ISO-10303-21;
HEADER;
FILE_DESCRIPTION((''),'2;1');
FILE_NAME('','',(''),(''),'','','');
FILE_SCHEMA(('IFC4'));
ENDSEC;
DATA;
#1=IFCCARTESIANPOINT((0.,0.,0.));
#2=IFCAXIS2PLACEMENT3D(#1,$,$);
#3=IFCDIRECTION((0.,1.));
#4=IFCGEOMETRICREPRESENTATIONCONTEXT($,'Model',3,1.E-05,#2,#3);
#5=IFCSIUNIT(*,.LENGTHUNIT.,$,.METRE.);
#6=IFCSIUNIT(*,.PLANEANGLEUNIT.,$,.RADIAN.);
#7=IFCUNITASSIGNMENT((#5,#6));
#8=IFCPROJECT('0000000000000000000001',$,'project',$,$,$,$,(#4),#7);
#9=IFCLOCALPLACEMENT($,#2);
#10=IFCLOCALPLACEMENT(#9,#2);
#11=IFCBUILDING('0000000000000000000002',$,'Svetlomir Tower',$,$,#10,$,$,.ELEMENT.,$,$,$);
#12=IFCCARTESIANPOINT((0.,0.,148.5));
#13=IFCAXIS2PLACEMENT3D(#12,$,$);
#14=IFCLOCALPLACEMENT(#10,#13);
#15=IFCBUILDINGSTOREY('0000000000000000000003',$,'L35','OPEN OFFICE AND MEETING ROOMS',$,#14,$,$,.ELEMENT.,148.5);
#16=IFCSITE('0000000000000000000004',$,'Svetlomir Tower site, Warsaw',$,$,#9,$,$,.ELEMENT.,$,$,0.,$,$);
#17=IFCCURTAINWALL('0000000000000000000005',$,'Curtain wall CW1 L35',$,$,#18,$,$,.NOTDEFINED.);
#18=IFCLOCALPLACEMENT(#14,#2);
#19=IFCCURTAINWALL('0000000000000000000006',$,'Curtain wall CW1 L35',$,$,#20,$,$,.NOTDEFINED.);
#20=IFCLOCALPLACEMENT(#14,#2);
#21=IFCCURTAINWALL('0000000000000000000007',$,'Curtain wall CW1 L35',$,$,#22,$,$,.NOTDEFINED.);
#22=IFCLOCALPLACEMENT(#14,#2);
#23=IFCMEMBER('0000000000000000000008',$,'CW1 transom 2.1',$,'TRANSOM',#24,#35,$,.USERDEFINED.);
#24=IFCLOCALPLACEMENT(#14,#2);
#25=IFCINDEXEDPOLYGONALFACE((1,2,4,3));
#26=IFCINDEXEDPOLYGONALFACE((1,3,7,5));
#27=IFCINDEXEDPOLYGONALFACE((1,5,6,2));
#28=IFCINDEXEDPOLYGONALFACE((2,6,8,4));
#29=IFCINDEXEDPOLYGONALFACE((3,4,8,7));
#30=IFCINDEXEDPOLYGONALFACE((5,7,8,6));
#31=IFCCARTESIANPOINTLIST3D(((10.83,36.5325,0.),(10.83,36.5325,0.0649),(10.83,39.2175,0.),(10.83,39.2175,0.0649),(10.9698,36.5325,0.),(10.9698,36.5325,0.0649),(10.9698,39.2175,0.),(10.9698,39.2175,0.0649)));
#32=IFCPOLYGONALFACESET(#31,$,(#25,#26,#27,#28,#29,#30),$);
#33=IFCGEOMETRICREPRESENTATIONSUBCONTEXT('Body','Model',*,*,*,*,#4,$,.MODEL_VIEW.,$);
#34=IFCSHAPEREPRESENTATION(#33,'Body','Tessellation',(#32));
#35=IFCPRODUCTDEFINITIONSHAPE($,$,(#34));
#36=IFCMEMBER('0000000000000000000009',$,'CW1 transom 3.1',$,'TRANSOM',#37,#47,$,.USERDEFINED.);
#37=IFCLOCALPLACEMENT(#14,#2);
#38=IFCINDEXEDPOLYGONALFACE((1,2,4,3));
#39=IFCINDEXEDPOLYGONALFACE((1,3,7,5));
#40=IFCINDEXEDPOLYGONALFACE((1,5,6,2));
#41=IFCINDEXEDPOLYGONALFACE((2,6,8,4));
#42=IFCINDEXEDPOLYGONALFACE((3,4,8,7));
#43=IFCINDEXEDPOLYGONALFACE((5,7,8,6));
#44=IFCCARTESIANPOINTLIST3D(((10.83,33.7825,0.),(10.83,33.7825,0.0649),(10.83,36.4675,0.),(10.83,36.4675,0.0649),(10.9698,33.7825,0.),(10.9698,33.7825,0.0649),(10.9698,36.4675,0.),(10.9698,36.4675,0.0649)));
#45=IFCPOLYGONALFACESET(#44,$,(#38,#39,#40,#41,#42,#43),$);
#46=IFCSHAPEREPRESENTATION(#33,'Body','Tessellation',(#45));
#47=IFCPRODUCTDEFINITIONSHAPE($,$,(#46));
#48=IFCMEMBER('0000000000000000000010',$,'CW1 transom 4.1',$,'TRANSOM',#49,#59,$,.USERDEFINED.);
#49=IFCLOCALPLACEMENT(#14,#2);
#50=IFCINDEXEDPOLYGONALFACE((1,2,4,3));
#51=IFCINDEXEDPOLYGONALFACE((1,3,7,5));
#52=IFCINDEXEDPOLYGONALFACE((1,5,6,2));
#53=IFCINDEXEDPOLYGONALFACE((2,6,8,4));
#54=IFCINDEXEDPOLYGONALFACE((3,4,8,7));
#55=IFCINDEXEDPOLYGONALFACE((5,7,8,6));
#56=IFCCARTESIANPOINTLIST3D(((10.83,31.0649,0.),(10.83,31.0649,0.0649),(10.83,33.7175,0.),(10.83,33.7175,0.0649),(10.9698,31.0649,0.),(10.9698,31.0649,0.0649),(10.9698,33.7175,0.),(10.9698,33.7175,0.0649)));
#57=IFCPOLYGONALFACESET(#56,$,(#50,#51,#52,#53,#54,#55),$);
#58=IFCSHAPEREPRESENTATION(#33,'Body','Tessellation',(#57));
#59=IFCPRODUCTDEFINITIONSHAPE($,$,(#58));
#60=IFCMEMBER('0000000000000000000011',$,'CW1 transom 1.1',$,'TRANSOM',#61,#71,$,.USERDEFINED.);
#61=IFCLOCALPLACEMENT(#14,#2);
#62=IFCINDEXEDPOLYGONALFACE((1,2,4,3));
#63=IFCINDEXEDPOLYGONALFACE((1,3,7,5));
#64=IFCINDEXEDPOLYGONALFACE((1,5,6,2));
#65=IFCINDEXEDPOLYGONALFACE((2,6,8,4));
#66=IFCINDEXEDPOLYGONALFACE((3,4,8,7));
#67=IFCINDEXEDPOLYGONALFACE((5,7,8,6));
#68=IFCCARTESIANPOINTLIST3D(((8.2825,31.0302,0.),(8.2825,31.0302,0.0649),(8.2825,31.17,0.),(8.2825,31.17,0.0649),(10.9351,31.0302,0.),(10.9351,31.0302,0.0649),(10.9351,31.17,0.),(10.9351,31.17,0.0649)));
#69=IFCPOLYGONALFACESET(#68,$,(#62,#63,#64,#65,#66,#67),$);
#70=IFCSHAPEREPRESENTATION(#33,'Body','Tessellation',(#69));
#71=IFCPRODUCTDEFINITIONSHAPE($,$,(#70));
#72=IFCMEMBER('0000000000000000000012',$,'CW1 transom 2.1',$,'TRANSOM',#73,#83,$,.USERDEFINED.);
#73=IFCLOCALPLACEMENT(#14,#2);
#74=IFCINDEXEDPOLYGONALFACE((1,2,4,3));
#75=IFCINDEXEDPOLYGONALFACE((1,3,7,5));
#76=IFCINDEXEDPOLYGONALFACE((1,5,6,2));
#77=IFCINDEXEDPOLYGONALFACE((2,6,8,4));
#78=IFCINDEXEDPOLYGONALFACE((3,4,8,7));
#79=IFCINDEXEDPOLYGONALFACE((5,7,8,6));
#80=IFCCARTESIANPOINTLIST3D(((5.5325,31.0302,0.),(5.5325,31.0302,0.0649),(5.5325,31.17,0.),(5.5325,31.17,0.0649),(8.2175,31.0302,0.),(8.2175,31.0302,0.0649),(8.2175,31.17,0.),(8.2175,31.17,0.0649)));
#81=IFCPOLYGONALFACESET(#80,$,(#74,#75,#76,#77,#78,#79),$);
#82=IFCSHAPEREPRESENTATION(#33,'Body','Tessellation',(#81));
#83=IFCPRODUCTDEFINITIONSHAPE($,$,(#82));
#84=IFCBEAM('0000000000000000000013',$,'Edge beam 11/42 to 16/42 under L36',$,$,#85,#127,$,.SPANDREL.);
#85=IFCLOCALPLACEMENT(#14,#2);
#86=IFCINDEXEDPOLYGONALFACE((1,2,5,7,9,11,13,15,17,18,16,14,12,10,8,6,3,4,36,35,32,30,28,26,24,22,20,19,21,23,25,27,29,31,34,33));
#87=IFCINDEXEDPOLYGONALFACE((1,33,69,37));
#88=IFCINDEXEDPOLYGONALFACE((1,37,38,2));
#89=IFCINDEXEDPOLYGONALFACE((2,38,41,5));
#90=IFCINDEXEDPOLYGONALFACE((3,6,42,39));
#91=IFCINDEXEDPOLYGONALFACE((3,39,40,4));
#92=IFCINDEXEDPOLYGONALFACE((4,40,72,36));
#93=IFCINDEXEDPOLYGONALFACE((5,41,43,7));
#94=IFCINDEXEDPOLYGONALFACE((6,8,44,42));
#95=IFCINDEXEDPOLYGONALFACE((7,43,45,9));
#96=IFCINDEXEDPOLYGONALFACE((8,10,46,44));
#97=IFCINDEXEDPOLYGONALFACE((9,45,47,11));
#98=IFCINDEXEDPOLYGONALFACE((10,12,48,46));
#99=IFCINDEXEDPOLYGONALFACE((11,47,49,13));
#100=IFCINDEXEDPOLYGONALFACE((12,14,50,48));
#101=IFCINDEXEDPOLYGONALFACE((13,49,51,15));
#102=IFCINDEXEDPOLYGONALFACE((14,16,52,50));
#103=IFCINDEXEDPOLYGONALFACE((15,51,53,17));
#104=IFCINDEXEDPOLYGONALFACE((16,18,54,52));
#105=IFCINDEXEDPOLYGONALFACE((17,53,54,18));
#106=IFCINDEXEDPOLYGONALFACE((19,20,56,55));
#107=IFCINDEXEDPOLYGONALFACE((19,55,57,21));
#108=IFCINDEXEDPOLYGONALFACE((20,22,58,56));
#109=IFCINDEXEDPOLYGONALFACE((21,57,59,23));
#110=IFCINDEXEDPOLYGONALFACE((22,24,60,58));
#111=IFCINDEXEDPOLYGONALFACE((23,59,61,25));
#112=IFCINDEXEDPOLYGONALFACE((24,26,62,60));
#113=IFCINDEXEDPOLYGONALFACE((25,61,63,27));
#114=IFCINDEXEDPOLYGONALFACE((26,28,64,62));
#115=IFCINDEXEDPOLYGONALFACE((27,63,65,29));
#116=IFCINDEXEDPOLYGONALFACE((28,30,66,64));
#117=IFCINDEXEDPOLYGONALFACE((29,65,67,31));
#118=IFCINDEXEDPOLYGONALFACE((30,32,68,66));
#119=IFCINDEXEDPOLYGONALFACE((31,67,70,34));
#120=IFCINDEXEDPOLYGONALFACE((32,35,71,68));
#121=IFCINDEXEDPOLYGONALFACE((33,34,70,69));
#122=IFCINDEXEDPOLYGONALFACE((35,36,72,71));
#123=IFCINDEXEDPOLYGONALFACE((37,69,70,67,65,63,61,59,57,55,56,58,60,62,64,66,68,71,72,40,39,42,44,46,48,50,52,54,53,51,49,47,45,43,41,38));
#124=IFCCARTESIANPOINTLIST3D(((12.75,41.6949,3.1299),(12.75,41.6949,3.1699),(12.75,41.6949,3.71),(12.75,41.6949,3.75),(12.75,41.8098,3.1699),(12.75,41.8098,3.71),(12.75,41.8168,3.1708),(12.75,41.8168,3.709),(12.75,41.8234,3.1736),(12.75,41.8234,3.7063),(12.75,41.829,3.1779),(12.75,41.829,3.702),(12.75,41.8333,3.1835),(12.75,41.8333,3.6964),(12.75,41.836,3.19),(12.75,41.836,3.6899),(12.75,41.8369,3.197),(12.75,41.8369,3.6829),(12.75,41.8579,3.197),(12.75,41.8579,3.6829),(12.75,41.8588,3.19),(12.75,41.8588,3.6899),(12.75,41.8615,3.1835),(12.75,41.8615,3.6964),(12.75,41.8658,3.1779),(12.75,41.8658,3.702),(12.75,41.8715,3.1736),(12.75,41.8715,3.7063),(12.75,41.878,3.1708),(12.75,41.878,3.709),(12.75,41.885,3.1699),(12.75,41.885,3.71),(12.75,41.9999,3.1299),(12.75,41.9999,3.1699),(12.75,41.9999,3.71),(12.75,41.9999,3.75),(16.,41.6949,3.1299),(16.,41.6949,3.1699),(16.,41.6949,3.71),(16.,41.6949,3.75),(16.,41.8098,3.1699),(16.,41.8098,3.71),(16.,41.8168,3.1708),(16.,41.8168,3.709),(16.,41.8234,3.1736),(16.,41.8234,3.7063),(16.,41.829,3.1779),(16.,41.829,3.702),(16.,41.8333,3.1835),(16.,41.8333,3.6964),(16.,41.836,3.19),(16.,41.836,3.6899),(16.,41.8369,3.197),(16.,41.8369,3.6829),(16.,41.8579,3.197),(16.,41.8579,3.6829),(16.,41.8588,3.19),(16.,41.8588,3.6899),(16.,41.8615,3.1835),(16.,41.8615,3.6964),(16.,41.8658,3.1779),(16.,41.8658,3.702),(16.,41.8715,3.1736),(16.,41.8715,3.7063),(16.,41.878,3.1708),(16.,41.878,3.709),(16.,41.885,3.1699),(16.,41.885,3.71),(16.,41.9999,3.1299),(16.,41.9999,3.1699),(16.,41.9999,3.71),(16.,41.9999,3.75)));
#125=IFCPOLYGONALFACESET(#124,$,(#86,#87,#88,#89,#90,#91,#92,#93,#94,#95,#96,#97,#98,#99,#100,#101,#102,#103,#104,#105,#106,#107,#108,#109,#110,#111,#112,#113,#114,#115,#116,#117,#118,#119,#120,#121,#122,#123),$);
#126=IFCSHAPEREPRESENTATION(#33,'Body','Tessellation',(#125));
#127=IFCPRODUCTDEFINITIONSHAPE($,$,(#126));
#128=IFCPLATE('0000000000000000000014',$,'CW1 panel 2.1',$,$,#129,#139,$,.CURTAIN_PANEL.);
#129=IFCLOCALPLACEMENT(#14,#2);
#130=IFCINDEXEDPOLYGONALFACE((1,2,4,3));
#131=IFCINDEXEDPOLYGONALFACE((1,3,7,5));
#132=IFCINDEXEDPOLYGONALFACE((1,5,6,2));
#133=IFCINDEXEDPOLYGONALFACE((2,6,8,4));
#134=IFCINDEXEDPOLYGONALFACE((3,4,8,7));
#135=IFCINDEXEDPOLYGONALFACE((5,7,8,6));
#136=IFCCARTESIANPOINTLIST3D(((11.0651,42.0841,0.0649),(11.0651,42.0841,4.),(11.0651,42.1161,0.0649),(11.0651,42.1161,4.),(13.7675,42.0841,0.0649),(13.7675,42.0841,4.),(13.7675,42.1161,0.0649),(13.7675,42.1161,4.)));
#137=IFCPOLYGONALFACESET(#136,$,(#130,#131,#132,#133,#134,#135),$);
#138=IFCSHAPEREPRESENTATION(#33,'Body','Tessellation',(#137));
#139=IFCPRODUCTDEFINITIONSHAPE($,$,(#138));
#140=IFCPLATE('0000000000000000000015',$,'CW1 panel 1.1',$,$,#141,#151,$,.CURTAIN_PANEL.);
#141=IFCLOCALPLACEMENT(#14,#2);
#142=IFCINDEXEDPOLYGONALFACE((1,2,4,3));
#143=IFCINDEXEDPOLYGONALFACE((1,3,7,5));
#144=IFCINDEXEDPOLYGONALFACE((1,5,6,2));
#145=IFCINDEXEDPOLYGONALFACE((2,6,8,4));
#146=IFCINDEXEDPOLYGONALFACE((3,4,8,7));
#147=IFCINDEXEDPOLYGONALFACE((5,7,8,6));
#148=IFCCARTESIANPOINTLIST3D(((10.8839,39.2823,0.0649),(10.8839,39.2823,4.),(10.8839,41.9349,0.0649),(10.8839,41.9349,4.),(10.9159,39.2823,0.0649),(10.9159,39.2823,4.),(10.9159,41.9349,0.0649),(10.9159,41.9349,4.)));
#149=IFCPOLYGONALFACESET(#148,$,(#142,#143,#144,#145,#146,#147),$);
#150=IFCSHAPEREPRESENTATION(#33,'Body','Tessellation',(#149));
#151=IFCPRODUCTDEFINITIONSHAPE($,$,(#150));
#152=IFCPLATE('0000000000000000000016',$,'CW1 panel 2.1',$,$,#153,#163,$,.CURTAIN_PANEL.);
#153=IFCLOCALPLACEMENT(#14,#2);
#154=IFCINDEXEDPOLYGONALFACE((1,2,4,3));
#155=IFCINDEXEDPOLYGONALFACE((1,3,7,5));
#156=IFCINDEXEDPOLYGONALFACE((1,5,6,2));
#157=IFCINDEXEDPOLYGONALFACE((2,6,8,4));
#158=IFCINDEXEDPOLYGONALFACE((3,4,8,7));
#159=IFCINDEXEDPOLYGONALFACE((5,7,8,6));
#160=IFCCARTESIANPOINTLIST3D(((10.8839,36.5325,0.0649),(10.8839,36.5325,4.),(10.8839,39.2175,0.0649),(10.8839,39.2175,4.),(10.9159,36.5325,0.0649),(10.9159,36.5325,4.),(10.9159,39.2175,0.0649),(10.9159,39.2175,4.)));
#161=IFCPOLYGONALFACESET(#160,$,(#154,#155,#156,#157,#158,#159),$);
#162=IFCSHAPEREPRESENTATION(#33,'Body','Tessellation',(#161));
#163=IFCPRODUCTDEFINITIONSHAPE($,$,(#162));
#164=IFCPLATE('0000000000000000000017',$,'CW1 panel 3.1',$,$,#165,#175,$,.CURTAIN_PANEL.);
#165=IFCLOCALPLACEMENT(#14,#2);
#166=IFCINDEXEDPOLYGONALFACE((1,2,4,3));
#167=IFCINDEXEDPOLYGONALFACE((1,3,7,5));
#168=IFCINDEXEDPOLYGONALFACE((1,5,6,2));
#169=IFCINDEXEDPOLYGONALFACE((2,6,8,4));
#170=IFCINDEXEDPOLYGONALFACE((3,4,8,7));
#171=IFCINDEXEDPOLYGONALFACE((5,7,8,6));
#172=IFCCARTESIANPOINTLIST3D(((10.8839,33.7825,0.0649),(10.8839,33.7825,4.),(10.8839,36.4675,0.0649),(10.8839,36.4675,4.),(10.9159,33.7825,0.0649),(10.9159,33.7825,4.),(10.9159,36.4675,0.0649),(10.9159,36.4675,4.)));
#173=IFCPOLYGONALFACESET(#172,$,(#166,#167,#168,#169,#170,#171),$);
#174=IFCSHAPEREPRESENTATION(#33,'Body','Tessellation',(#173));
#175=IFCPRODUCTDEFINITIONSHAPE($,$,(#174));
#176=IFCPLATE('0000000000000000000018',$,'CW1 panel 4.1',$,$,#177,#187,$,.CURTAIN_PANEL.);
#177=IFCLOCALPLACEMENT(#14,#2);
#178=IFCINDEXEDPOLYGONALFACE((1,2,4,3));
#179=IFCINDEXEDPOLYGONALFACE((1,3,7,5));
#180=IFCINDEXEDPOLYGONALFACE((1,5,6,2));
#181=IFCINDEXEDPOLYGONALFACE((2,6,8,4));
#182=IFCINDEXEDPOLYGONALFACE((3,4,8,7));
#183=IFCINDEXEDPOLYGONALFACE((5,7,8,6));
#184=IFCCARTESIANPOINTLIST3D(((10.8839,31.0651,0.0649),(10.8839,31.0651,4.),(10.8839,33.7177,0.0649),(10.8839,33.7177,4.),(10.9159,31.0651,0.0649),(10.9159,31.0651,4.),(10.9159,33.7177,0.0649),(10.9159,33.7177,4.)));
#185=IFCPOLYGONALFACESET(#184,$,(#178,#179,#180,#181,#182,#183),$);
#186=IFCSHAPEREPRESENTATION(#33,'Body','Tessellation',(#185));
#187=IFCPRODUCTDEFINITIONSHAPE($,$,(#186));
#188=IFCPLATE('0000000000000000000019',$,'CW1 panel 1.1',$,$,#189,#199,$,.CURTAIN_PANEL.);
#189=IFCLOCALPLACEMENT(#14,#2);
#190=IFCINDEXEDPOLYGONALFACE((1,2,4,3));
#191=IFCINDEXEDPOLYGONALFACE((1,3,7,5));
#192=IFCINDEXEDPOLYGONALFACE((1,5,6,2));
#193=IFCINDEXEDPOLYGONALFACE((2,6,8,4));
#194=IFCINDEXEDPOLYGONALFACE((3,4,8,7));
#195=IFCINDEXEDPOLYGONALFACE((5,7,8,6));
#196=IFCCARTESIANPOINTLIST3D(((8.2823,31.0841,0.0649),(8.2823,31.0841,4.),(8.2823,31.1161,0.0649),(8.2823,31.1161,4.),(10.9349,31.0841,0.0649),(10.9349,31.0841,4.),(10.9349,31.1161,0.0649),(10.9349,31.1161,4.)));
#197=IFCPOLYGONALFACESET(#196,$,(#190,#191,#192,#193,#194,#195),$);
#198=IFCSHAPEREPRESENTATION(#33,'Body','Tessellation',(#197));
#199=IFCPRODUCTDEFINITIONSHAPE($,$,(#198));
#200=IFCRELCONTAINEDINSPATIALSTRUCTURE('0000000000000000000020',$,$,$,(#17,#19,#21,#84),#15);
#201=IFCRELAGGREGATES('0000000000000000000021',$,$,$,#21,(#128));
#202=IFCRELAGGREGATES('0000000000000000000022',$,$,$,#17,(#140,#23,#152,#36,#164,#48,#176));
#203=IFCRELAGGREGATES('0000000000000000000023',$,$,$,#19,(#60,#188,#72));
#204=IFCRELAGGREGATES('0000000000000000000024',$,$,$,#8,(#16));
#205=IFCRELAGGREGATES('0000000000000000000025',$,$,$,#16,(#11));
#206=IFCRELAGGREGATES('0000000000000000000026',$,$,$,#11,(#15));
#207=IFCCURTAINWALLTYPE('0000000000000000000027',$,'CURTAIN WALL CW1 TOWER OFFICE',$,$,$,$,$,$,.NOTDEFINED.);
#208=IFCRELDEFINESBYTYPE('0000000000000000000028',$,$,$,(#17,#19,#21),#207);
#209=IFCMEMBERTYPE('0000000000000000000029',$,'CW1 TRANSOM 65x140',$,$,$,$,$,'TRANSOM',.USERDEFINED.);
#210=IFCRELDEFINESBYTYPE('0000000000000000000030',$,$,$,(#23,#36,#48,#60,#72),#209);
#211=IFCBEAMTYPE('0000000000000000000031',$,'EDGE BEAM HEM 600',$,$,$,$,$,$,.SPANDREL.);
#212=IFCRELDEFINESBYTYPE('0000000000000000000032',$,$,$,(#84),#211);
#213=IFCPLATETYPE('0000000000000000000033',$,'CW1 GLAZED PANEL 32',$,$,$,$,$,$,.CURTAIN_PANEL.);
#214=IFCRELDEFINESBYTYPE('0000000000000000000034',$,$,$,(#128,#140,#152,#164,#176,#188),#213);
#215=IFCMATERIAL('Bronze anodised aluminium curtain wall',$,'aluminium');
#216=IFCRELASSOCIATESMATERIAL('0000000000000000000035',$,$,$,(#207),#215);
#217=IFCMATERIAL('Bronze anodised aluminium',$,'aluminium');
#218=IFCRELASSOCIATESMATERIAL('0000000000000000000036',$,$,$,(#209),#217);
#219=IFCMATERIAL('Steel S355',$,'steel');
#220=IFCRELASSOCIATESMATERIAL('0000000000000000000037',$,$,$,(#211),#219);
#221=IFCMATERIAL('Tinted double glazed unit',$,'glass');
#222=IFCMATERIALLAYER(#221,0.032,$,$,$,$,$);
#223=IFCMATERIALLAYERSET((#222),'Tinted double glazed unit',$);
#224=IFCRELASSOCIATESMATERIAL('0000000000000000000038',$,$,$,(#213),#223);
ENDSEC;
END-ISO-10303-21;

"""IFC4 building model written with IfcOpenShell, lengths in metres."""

from ifc_helpers import new_model, si_unit, direction, frame, origin, origin_2d, place, context, subcontext, project, spatial, rectangle, i_section, extrude, material, layer, layer_set, material_profile, profile_set, type_object, element, aggregate, save


model = new_model("IFC4")

# Units and contexts
model_context = context("Model", 3, precision=1e-05, world=origin(), true_north=direction((0.0, 1.0)))
body_context = subcontext(model_context, "Body", "Model", "MODEL_VIEW")
ifc_project = project(units=[si_unit("LENGTHUNIT", "METRE"), si_unit("PLANEANGLEUNIT", "RADIAN")], contexts=[model_context])

# Site, building, storey
site_placement = place(None, origin())
site = spatial("IfcSite", under=ifc_project, at=site_placement, Name="Svetlomir Tower site, Warsaw", CompositionType="ELEMENT", RefElevation=0.0)
building_placement = place(site_placement, origin())
building = spatial("IfcBuilding", under=site, at=building_placement, Name="Svetlomir Tower", CompositionType="ELEMENT")
storey_placement = place(building_placement, frame((0.0, 0.0, 148.5)))
storey = spatial("IfcBuildingStorey", under=building, at=storey_placement, Name="L35", Description="OPEN OFFICE AND MEETING ROOMS", CompositionType="ELEMENT", Elevation=148.5)

# Curtain walls
ifc_material_1 = material(Name="Bronze anodised aluminium curtain wall", Category="aluminium")
curtain_wall_type = type_object("IfcCurtainWallType", Name="CURTAIN WALL CW1 TOWER OFFICE", PredefinedType="NOTDEFINED", material=ifc_material_1)
curtain_wall_1_placement = place(storey_placement, origin())
curtain_wall_1 = element("IfcCurtainWall", 1, at=curtain_wall_1_placement, inside=storey, type_object=curtain_wall_type, Name="Curtain wall CW1 L35", PredefinedType="NOTDEFINED")
curtain_wall_2_placement = place(storey_placement, origin())
curtain_wall_2 = element("IfcCurtainWall", 2, at=curtain_wall_2_placement, inside=storey, type_object=curtain_wall_type, Name="Curtain wall CW1 L35", PredefinedType="NOTDEFINED")

# Curtain wall
curtain_wall_3_placement = place(storey_placement, origin())
curtain_wall_3 = element("IfcCurtainWall", 3, at=curtain_wall_3_placement, inside=storey, type_object=curtain_wall_type, Name="Curtain wall CW1 L35", PredefinedType="NOTDEFINED")

# Members
ifc_material_2 = material(Name="Bronze anodised aluminium", Category="aluminium")
ifc_material_profile_1 = material_profile(ifc_material_2, rectangle(XDim=0.1399, YDim=0.0649, at=origin_2d()), Name="AL 140x65")
ifc_profile_set_1 = profile_set([ifc_material_profile_1], Name="Bronze anodised aluminium 6063-T6")
member_type_1 = type_object("IfcMemberType", Name="CW1 TRANSOM 65x140", ElementType="TRANSOM", PredefinedType="USERDEFINED", material=ifc_profile_set_1)
member_1_placement = place(storey_placement, frame((10.8999, 39.2175, 0.0325), z_axis=(0.0, -1.0, 0.0), x_axis=(1.0, 0.0, 0.0)))
member_1 = element("IfcMember", 4, at=member_1_placement, type_object=member_type_1, Name="CW1 transom 2.1", ObjectType="TRANSOM", PredefinedType="USERDEFINED", context=body_context, shape_type="SweptSolid", body=[
    extrude(rectangle(XDim=0.1399, YDim=0.0649, at=origin_2d()), origin(), (0.0, 0.0, 1.0), 2.6851),
])
member_2_placement = place(storey_placement, frame((10.8999, 36.4675, 0.0325), z_axis=(0.0, -1.0, 0.0), x_axis=(1.0, 0.0, 0.0)))
member_2 = element("IfcMember", 5, at=member_2_placement, type_object=member_type_1, Name="CW1 transom 3.1", ObjectType="TRANSOM", PredefinedType="USERDEFINED", context=body_context, shape_type="SweptSolid", body=[
    extrude(rectangle(XDim=0.1399, YDim=0.0649, at=origin_2d()), origin(), (0.0, 0.0, 1.0), 2.6851),
])
member_3_placement = place(storey_placement, frame((10.8999, 33.7175, 0.0325), z_axis=(0.0, -1.0, 0.0), x_axis=(1.0, 0.0, 0.0)))
member_3 = element("IfcMember", 6, at=member_3_placement, type_object=member_type_1, Name="CW1 transom 4.1", ObjectType="TRANSOM", PredefinedType="USERDEFINED", context=body_context, shape_type="SweptSolid", body=[
    extrude(rectangle(XDim=0.1399, YDim=0.0649, at=origin_2d()), origin(), (0.0, 0.0, 1.0), 2.6526),
])
member_4_placement = place(storey_placement, frame((10.9351, 31.1001, 0.0325), z_axis=(-1.0, 0.0, 0.0), x_axis=(0.0, -1.0, 0.0)))
member_4 = element("IfcMember", 7, at=member_4_placement, type_object=member_type_1, Name="CW1 transom 1.1", ObjectType="TRANSOM", PredefinedType="USERDEFINED", context=body_context, shape_type="SweptSolid", body=[
    extrude(rectangle(XDim=0.1399, YDim=0.0649, at=origin_2d()), origin(), (0.0, 0.0, 1.0), 2.6526),
])
member_5_placement = place(storey_placement, frame((8.2175, 31.1001, 0.0325), z_axis=(-1.0, 0.0, 0.0), x_axis=(0.0, -1.0, 0.0)))
member_5 = element("IfcMember", 8, at=member_5_placement, type_object=member_type_1, Name="CW1 transom 2.1", ObjectType="TRANSOM", PredefinedType="USERDEFINED", context=body_context, shape_type="SweptSolid", body=[
    extrude(rectangle(XDim=0.1399, YDim=0.0649, at=origin_2d()), origin(), (0.0, 0.0, 1.0), 2.6851),
])

# Beam
ifc_material_3 = material(Name="Steel S355", Category="steel")
ifc_material_profile_2 = material_profile(ifc_material_3, i_section(OverallWidth=0.3049, OverallDepth=0.6201, WebThickness=0.021, FlangeThickness=0.04, FilletRadius=0.0271, at=origin_2d()), Name="HEM 600")
ifc_profile_set_2 = profile_set([ifc_material_profile_2], Name="Steel S355")
beam_type = type_object("IfcBeamType", Name="EDGE BEAM HEM 600", PredefinedType="SPANDREL", material=ifc_profile_set_2)
beam_placement = place(storey_placement, frame((12.75, 41.8474, 3.4399), z_axis=(1.0, 0.0, 0.0), x_axis=(0.0, 1.0, 0.0)))
element("IfcBeam", 9, at=beam_placement, inside=storey, type_object=beam_type, Name="Edge beam 11/42 to 16/42 under L36", PredefinedType="SPANDREL", context=body_context, shape_type="SweptSolid", body=[
    extrude(i_section(OverallWidth=0.3049, OverallDepth=0.6201, WebThickness=0.021, FlangeThickness=0.04, FilletRadius=0.0271, at=origin_2d()), origin(), (0.0, 0.0, 1.0), 3.25),
])

# Plates
ifc_material_4 = material(Name="Tinted double glazed unit", Category="glass")
ifc_layer_1 = layer(ifc_material_4, 0.032)
ifc_layer_set_1 = layer_set([ifc_layer_1], Name="Tinted double glazed unit")
plate_type = type_object("IfcPlateType", Name="CW1 GLAZED PANEL 32", PredefinedType="CURTAIN_PANEL", material=ifc_layer_set_1)
plate_1_placement = place(storey_placement, frame((12.4163, 42.1001, 0.0649), z_axis=(0.0, 0.0, 1.0), x_axis=(-1.0, 0.0, 0.0)))
plate_1 = element("IfcPlate", 10, at=plate_1_placement, type_object=plate_type, Name="CW1 panel 2.1", PredefinedType="CURTAIN_PANEL", context=body_context, shape_type="SweptSolid", body=[
    extrude(rectangle(XDim=2.7024, YDim=0.032, at=origin_2d()), origin(), (0.0, 0.0, 1.0), 3.9351),
])
aggregate(curtain_wall_3, [plate_1])
plate_2_placement = place(storey_placement, frame((10.8999, 40.6086, 0.0649), z_axis=(0.0, 0.0, 1.0), x_axis=(0.0, -1.0, 0.0)))
plate_2 = element("IfcPlate", 11, at=plate_2_placement, type_object=plate_type, Name="CW1 panel 1.1", PredefinedType="CURTAIN_PANEL", context=body_context, shape_type="SweptSolid", body=[
    extrude(rectangle(XDim=2.6526, YDim=0.032, at=origin_2d()), origin(), (0.0, 0.0, 1.0), 3.9351),
])
plate_3_placement = place(storey_placement, frame((10.8999, 37.875, 0.0649), z_axis=(0.0, 0.0, 1.0), x_axis=(0.0, -1.0, 0.0)))
plate_3 = element("IfcPlate", 12, at=plate_3_placement, type_object=plate_type, Name="CW1 panel 2.1", PredefinedType="CURTAIN_PANEL", context=body_context, shape_type="SweptSolid", body=[
    extrude(rectangle(XDim=2.6851, YDim=0.032, at=origin_2d()), origin(), (0.0, 0.0, 1.0), 3.9351),
])
plate_4_placement = place(storey_placement, frame((10.8999, 35.125, 0.0649), z_axis=(0.0, 0.0, 1.0), x_axis=(0.0, -1.0, 0.0)))
plate_4 = element("IfcPlate", 13, at=plate_4_placement, type_object=plate_type, Name="CW1 panel 3.1", PredefinedType="CURTAIN_PANEL", context=body_context, shape_type="SweptSolid", body=[
    extrude(rectangle(XDim=2.6851, YDim=0.032, at=origin_2d()), origin(), (0.0, 0.0, 1.0), 3.9351),
])
plate_5_placement = place(storey_placement, frame((10.8999, 32.3914, 0.0649), z_axis=(0.0, 0.0, 1.0), x_axis=(0.0, -1.0, 0.0)))
plate_5 = element("IfcPlate", 14, at=plate_5_placement, type_object=plate_type, Name="CW1 panel 4.1", PredefinedType="CURTAIN_PANEL", context=body_context, shape_type="SweptSolid", body=[
    extrude(rectangle(XDim=2.6526, YDim=0.032, at=origin_2d()), origin(), (0.0, 0.0, 1.0), 3.9351),
])
aggregate(curtain_wall_1, [plate_2, member_1, plate_3, member_2, plate_4, member_3, plate_5])
plate_6_placement = place(storey_placement, frame((9.6086, 31.1001, 0.0649), z_axis=(0.0, 0.0, 1.0), x_axis=(-1.0, 0.0, 0.0)))
plate_6 = element("IfcPlate", 15, at=plate_6_placement, type_object=plate_type, Name="CW1 panel 1.1", PredefinedType="CURTAIN_PANEL", context=body_context, shape_type="SweptSolid", body=[
    extrude(rectangle(XDim=2.6526, YDim=0.032, at=origin_2d()), origin(), (0.0, 0.0, 1.0), 3.9351),
])
aggregate(curtain_wall_2, [member_4, plate_6, member_5])

save(model, "model.ifc")
